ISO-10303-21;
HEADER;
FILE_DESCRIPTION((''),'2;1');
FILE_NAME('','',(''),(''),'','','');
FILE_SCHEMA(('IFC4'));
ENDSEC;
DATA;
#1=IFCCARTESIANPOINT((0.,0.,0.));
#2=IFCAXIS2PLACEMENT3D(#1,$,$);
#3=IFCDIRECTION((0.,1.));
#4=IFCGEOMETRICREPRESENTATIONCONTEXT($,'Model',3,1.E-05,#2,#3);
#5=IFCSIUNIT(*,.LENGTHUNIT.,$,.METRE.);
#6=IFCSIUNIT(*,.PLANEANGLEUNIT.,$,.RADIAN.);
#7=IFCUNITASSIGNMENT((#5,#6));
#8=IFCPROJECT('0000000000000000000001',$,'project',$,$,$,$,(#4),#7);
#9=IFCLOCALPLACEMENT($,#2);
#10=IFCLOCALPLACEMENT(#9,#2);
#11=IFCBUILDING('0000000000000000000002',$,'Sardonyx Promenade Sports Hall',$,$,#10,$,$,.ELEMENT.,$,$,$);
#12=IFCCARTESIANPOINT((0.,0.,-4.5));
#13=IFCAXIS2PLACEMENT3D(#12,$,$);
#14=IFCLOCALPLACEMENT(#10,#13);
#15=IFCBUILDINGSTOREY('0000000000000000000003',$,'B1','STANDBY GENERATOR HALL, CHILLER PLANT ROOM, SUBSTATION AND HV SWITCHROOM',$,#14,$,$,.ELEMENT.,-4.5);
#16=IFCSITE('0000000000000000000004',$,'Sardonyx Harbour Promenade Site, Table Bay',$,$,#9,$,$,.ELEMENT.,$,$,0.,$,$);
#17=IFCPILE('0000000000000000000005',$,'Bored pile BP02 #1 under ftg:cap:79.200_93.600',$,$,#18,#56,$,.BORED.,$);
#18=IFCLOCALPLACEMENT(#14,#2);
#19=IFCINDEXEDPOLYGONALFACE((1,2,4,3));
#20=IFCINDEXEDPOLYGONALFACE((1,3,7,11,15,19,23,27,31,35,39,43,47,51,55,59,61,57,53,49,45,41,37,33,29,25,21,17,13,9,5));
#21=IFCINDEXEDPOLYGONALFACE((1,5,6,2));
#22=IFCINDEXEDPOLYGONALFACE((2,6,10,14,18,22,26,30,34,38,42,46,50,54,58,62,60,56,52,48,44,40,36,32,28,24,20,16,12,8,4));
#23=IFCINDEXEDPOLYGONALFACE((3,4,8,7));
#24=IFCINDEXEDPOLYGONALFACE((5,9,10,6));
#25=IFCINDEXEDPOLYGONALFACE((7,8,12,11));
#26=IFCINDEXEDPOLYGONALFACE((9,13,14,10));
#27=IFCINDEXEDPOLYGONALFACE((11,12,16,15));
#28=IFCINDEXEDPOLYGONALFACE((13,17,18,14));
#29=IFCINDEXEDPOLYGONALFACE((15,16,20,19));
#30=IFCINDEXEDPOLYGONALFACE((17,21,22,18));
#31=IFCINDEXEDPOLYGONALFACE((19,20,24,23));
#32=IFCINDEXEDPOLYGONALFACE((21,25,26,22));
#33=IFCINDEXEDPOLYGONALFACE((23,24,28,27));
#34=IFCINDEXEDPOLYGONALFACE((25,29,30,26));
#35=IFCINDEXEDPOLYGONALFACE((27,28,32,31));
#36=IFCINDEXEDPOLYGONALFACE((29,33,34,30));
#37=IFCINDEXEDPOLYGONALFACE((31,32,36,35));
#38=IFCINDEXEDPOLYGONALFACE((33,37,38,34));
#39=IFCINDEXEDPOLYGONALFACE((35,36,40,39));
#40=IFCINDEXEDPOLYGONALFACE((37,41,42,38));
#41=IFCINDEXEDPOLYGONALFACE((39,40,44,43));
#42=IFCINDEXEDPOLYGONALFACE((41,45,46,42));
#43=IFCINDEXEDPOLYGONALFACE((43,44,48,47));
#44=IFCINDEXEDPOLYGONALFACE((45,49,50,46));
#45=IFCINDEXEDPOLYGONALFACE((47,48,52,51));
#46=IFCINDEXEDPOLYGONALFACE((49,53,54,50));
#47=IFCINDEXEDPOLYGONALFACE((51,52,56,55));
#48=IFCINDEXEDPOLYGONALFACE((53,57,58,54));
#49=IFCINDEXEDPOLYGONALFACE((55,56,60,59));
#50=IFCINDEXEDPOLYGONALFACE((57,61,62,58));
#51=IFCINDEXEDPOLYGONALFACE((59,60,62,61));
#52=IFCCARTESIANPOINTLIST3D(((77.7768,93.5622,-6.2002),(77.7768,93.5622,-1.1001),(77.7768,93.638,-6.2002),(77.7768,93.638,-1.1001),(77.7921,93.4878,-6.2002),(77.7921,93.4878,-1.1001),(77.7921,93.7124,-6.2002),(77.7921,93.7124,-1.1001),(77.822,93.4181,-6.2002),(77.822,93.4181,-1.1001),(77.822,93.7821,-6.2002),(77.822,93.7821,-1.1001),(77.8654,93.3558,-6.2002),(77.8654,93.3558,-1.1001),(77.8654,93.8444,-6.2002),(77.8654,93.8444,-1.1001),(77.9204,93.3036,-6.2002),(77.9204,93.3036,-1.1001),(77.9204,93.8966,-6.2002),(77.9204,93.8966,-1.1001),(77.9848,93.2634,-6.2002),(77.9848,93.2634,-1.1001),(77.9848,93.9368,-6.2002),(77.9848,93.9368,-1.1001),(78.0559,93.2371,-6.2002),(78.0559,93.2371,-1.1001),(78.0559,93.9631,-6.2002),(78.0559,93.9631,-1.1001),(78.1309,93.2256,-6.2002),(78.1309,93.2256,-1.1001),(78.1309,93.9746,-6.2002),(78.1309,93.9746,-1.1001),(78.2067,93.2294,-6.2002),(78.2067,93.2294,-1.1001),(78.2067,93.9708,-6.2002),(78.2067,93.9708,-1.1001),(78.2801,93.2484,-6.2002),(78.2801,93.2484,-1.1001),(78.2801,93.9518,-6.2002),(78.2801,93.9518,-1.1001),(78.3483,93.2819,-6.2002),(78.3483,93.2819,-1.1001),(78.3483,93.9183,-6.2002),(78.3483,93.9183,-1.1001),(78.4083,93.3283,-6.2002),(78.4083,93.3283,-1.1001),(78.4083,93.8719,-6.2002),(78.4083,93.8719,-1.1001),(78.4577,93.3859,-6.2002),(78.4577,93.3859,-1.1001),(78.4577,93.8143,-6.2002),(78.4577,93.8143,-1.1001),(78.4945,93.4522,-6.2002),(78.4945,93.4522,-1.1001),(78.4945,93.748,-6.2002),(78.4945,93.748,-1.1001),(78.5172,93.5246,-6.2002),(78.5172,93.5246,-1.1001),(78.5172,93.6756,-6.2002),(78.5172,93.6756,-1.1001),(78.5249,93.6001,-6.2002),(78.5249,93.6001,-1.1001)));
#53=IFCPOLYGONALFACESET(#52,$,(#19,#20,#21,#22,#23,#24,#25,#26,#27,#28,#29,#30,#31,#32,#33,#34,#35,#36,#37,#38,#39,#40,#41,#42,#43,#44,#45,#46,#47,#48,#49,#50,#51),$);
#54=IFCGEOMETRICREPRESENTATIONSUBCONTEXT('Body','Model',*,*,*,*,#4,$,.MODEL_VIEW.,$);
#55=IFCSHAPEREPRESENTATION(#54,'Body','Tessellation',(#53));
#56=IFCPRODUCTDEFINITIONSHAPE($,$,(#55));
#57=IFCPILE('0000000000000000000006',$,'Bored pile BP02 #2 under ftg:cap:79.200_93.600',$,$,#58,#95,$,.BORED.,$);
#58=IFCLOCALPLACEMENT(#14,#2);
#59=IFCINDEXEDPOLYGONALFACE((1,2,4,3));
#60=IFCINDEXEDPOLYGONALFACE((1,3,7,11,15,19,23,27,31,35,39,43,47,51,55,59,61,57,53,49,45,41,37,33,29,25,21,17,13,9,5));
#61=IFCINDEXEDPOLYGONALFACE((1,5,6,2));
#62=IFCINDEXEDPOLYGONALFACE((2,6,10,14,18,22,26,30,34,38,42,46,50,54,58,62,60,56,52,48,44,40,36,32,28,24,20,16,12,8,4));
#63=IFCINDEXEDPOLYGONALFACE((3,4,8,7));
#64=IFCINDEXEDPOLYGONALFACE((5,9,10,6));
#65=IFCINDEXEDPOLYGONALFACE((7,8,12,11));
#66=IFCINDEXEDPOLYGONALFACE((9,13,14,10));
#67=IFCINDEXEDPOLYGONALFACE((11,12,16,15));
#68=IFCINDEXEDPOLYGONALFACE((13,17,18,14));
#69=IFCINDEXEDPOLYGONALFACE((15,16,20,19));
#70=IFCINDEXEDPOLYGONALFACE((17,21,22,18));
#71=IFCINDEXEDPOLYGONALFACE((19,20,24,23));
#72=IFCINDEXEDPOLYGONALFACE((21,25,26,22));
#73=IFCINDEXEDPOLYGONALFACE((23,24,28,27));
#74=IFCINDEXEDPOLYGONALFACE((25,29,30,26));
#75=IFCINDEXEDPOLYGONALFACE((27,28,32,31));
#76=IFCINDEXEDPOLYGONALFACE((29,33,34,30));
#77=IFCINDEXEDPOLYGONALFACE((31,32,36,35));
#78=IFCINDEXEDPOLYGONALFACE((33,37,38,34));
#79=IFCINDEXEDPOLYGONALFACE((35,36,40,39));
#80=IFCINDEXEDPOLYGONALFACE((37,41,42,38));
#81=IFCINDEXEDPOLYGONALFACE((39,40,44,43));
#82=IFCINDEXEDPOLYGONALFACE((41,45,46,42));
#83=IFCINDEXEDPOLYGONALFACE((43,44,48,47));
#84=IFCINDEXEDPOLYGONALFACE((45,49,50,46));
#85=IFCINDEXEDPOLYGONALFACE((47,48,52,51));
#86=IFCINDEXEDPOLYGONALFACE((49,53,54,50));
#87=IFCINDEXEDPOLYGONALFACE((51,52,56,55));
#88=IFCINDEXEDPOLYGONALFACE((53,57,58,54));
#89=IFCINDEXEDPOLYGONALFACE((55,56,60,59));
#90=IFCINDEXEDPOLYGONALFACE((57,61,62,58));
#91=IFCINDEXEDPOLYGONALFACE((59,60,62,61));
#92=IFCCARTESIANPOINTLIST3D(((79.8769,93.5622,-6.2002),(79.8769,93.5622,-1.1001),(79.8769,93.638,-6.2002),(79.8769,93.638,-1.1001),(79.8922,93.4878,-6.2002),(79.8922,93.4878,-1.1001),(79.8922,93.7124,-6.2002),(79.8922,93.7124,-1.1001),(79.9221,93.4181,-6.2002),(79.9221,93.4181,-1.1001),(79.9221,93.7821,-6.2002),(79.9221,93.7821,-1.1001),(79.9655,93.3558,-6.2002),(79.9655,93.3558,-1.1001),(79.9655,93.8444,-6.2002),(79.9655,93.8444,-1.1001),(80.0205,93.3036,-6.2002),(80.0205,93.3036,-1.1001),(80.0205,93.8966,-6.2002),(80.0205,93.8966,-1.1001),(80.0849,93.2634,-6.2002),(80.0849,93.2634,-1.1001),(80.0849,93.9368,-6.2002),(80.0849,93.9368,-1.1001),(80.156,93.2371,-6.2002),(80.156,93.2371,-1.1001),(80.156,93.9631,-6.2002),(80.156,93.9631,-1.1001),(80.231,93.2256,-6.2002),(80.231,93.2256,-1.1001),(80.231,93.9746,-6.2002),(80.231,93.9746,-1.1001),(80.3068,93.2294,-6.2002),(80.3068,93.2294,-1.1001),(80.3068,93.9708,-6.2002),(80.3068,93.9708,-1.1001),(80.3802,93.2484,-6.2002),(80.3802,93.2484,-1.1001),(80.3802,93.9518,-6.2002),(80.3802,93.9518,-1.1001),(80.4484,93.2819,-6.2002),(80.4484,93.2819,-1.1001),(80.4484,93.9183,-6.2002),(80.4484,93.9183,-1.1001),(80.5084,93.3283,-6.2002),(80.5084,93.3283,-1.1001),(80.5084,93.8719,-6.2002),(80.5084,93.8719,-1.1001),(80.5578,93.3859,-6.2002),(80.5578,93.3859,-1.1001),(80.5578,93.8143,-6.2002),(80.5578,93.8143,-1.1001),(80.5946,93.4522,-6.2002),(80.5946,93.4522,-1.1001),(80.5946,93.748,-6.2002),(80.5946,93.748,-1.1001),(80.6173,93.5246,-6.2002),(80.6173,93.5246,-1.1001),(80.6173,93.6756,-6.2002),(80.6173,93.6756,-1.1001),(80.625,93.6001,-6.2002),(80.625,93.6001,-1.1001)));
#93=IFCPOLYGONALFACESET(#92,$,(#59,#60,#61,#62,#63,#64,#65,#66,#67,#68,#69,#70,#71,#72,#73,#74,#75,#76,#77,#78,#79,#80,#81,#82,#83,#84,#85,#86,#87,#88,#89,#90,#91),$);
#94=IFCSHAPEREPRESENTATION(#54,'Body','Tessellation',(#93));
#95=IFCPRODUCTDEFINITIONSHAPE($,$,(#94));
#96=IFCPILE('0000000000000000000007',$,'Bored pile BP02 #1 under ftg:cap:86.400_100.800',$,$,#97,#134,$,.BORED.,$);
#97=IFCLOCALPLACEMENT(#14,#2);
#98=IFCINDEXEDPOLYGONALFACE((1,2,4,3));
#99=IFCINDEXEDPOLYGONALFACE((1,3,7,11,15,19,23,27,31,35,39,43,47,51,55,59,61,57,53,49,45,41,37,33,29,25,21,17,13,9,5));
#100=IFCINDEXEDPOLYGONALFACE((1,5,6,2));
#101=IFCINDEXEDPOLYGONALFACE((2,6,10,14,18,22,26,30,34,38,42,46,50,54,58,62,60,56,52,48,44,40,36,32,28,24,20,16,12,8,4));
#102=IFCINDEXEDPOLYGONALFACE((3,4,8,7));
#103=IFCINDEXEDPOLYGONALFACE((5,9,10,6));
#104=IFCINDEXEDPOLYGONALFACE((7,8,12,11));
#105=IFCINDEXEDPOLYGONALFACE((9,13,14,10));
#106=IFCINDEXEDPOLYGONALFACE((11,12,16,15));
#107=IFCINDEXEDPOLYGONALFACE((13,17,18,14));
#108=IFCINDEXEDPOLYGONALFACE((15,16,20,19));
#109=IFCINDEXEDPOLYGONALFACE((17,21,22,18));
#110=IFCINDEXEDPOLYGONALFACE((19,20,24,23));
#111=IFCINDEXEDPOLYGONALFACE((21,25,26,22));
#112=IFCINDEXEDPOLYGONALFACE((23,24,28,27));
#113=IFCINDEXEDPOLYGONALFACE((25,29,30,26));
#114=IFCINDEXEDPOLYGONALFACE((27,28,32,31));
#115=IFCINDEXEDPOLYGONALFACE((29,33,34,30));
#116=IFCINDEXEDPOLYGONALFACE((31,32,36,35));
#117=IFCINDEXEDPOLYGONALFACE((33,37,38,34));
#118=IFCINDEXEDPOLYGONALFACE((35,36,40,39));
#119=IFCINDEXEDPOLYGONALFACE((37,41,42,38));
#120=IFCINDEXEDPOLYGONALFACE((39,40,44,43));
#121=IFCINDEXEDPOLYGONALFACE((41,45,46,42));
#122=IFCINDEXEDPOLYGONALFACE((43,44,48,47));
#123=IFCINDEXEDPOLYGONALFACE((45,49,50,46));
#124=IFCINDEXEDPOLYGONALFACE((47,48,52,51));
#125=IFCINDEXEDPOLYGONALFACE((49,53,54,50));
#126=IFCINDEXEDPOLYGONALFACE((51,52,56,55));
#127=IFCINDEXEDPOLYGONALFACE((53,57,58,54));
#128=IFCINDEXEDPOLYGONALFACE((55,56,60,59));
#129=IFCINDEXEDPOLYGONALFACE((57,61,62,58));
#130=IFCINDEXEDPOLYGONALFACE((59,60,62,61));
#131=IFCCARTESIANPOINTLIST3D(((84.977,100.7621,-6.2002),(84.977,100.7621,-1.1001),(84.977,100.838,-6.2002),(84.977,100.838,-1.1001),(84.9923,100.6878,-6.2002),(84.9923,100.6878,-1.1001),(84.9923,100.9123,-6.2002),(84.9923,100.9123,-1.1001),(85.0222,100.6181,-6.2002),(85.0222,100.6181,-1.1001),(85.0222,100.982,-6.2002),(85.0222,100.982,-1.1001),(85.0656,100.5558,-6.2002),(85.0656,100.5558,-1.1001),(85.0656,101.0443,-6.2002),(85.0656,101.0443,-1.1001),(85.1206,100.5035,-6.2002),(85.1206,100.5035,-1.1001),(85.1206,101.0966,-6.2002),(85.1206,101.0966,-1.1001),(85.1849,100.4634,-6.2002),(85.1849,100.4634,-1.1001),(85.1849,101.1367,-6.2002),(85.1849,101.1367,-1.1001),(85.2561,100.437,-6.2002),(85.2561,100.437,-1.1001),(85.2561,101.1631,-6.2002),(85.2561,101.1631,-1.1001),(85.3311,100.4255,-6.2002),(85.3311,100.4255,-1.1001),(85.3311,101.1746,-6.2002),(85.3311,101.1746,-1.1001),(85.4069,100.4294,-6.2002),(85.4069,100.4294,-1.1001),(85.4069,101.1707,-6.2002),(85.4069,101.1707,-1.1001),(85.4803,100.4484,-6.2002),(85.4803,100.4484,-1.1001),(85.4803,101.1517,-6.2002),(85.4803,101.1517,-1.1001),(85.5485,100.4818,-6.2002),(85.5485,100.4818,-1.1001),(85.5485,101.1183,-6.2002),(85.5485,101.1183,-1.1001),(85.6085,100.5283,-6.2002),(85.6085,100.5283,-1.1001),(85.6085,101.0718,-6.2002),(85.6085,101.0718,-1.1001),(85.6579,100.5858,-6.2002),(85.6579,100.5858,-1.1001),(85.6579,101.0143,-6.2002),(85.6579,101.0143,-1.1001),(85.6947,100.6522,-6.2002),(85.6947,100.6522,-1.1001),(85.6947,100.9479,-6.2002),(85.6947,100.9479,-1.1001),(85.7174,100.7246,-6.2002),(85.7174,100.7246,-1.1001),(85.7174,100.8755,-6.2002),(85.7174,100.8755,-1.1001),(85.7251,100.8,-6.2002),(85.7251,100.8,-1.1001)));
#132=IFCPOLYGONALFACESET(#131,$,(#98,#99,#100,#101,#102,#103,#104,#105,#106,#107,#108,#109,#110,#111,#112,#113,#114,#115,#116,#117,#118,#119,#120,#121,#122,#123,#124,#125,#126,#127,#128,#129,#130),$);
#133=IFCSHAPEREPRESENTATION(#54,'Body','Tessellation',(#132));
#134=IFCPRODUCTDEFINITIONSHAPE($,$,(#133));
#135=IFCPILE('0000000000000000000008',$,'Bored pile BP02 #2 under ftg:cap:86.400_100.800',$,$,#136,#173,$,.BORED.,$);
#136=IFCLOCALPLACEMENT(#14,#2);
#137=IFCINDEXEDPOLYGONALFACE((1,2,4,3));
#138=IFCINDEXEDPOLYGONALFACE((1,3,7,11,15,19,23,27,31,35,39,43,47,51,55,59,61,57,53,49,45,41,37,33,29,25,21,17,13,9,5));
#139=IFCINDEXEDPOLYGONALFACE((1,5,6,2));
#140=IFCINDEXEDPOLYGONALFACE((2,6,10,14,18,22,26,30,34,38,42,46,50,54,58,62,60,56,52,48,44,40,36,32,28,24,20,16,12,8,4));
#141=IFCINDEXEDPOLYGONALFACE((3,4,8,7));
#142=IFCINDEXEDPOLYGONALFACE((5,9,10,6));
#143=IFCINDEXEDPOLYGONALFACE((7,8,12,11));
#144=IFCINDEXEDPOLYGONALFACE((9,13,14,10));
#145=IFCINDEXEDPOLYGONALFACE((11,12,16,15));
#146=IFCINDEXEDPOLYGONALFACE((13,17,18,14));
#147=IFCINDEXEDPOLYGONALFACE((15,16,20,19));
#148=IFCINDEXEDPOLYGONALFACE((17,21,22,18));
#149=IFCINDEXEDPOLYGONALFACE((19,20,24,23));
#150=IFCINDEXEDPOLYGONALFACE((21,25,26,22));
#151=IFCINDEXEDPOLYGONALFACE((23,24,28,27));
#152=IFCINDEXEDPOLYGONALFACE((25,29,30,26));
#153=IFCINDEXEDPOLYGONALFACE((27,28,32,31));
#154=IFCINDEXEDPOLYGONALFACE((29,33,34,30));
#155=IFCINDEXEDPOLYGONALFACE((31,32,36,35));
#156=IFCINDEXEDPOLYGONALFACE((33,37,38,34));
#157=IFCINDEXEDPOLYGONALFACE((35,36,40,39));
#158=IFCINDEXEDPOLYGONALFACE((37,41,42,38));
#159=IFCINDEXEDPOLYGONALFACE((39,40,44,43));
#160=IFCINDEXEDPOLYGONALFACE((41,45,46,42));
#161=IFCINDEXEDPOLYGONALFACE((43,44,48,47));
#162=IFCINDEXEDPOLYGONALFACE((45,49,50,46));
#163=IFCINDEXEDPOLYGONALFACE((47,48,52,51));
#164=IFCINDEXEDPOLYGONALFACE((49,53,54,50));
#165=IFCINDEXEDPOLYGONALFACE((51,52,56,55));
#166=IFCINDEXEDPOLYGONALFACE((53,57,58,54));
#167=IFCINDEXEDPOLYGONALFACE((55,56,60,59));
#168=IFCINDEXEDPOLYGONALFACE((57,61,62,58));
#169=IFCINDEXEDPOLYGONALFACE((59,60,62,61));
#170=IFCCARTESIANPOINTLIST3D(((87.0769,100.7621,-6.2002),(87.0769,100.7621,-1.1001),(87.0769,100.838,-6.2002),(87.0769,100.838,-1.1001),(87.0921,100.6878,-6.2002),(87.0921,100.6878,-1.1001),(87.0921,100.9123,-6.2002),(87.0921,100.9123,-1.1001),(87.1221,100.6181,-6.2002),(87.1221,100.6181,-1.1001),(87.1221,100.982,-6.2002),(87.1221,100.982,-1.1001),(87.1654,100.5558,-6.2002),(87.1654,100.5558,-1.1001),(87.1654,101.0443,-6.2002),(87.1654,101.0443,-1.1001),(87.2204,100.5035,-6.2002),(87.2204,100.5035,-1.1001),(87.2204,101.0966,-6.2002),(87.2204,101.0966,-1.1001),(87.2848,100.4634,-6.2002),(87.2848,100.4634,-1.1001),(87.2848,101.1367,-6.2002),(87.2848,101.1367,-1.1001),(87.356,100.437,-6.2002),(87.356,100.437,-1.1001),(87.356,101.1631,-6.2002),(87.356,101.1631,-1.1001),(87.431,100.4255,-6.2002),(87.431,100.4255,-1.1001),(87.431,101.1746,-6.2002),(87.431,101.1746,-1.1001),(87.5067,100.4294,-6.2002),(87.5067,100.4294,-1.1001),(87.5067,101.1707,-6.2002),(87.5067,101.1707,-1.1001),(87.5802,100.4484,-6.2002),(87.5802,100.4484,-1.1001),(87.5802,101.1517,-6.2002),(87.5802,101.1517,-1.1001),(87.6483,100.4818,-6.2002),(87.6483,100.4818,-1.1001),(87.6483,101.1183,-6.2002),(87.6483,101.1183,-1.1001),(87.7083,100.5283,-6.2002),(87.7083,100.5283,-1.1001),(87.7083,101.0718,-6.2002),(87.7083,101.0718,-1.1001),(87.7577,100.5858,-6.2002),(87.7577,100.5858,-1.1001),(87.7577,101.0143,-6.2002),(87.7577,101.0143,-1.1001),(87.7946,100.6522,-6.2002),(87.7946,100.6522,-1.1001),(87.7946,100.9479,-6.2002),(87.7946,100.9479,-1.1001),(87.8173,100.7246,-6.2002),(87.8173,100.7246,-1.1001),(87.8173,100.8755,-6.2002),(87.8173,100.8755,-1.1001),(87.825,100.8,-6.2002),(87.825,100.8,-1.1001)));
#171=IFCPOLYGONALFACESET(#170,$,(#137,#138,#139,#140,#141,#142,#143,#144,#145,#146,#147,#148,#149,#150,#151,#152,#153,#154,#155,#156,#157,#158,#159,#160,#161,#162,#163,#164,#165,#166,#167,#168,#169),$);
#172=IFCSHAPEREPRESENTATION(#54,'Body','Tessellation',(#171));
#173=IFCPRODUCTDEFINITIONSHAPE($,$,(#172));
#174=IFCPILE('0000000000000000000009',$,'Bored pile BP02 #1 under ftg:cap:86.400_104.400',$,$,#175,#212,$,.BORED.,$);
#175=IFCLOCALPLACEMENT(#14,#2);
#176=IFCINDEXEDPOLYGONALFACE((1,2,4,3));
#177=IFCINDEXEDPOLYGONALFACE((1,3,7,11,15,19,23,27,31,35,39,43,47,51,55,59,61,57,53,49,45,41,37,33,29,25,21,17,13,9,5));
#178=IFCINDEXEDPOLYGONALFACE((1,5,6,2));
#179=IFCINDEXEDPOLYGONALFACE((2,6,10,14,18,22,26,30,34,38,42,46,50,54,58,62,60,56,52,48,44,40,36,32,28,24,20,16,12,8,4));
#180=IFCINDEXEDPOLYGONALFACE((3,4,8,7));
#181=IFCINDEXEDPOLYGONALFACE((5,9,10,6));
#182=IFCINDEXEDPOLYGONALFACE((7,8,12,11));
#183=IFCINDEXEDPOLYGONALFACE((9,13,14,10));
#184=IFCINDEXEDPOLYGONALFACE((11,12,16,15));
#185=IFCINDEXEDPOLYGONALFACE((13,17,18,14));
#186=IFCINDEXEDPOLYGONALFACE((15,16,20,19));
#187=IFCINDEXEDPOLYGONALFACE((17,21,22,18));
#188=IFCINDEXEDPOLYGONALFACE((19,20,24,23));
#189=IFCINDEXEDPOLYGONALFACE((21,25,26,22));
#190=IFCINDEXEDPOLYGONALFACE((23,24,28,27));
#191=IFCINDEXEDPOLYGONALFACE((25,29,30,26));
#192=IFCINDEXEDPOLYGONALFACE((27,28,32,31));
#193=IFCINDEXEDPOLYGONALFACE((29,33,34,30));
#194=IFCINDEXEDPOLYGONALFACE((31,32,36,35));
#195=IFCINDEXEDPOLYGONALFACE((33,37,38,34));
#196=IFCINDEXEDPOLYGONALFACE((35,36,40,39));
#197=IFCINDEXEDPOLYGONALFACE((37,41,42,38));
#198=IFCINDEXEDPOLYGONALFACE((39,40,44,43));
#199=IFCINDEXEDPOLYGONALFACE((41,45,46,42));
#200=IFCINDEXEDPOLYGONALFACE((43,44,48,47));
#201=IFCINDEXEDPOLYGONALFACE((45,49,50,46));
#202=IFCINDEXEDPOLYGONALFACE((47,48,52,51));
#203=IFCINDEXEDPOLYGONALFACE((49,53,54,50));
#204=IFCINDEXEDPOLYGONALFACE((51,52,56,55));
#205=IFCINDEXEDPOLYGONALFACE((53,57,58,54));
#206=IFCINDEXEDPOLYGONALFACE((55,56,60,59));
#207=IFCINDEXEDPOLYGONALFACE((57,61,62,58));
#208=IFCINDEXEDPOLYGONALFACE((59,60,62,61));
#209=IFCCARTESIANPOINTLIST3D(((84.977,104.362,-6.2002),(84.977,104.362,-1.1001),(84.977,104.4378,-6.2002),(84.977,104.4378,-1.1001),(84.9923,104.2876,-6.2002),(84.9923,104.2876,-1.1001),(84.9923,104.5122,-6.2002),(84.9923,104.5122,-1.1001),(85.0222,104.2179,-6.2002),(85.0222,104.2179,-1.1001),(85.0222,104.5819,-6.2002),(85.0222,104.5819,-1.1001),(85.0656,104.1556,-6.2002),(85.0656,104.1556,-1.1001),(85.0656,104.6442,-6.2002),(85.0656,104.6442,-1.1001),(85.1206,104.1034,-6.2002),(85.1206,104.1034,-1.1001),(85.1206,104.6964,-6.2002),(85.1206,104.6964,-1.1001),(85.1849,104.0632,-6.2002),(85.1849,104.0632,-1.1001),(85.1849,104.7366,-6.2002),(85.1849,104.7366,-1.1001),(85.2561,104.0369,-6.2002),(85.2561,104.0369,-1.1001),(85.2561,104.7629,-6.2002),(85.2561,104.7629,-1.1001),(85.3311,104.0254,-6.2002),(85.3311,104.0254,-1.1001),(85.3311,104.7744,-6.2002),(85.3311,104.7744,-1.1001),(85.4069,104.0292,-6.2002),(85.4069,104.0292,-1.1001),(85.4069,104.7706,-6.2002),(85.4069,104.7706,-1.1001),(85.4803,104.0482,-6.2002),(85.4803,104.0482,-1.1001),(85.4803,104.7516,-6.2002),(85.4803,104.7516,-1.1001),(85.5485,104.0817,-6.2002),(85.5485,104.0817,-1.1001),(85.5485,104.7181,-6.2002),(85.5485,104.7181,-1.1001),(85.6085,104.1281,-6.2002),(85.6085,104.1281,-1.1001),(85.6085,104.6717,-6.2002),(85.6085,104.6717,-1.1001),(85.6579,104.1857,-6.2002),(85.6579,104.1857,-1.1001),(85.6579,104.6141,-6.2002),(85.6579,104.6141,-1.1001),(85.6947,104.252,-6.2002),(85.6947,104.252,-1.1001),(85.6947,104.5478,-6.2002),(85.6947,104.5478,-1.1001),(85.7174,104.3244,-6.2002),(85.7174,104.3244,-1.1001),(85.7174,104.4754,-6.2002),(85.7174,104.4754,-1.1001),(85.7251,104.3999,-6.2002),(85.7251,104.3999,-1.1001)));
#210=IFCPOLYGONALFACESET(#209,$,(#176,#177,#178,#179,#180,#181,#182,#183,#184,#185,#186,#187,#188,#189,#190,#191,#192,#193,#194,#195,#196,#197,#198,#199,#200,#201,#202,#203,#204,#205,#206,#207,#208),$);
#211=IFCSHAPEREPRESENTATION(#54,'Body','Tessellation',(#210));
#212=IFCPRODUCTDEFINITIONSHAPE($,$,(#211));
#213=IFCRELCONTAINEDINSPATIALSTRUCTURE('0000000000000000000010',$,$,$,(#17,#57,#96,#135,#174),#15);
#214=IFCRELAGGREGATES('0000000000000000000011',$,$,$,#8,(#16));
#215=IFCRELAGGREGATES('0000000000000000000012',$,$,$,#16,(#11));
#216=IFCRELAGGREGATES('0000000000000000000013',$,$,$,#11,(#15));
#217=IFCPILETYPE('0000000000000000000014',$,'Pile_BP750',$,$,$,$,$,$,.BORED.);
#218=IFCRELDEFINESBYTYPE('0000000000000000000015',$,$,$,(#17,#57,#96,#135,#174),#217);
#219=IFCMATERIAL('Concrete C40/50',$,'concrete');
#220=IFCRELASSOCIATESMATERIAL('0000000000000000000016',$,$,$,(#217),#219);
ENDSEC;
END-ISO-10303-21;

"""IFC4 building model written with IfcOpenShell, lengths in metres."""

from ifc_helpers import new_model, si_unit, direction, frame, origin, origin_2d, place, context, subcontext, project, spatial, circle, extrude, material, material_profile, profile_set, type_object, element, save


model = new_model("IFC4")

# Units and contexts
model_context = context("Model", 3, precision=1e-05, world=origin(), true_north=direction((0.0, 1.0)))
body_context = subcontext(model_context, "Body", "Model", "MODEL_VIEW")
ifc_project = project(units=[si_unit("LENGTHUNIT", "METRE"), si_unit("PLANEANGLEUNIT", "RADIAN")], contexts=[model_context])

# Site, building, storey
site_placement = place(None, origin())
site = spatial("IfcSite", under=ifc_project, at=site_placement, Name="Sardonyx Harbour Promenade Site, Table Bay", CompositionType="ELEMENT", RefElevation=0.0)
building_placement = place(site_placement, origin())
building = spatial("IfcBuilding", under=site, at=building_placement, Name="Sardonyx Promenade Sports Hall", CompositionType="ELEMENT")
storey_placement = place(building_placement, frame((0.0, 0.0, -4.5)))
storey = spatial("IfcBuildingStorey", under=building, at=storey_placement, Name="B1", Description="STANDBY GENERATOR HALL, CHILLER PLANT ROOM, SUBSTATION AND HV SWITCHROOM", CompositionType="ELEMENT", Elevation=-4.5)

# Piles
ifc_material_1 = material(Name="Concrete C40/50", Category="concrete")
ifc_material_profile_1 = material_profile(ifc_material_1, circle(Radius=0.375, at=origin_2d()))
ifc_profile_set_1 = profile_set([ifc_material_profile_1], Name="Concrete C40/50")
pile_type_1 = type_object("IfcPileType", Name="Pile_BP750", PredefinedType="BORED", material=ifc_profile_set_1)
for number, where, z_axis, x_axis, name in (
    (1, (78.1499, 93.6001, -1.1001), (0.0, 0.0, -1.0), (1.0, 0.0, 0.0), "Bored pile BP02 #1 under ftg:cap:79.200_93.600"),
    (2, (80.25, 93.6001, -1.1001), (0.0, 0.0, -1.0), (1.0, 0.0, 0.0), "Bored pile BP02 #2 under ftg:cap:79.200_93.600"),
    (3, (85.3501, 100.8, -1.1001), (0.0, 0.0, -1.0), (1.0, 0.0, 0.0), "Bored pile BP02 #1 under ftg:cap:86.400_100.800"),
    (4, (87.45, 100.8, -1.1001), (0.0, 0.0, -1.0), (1.0, 0.0, 0.0), "Bored pile BP02 #2 under ftg:cap:86.400_100.800"),
    (5, (85.3501, 104.3999, -1.1001), (0.0, 0.0, -1.0), (1.0, 0.0, 0.0), "Bored pile BP02 #1 under ftg:cap:86.400_104.400"),
):
    element("IfcPile", number, at=place(storey_placement, frame(where, z_axis=z_axis, x_axis=x_axis)), inside=storey, type_object=pile_type_1, Name=name, PredefinedType="BORED", context=body_context, shape_type="SweptSolid", body=[
        extrude(circle(Radius=0.375, at=origin_2d()), origin(), (0.0, 0.0, 1.0), 5.1001),
    ])

save(model, "model.ifc")
